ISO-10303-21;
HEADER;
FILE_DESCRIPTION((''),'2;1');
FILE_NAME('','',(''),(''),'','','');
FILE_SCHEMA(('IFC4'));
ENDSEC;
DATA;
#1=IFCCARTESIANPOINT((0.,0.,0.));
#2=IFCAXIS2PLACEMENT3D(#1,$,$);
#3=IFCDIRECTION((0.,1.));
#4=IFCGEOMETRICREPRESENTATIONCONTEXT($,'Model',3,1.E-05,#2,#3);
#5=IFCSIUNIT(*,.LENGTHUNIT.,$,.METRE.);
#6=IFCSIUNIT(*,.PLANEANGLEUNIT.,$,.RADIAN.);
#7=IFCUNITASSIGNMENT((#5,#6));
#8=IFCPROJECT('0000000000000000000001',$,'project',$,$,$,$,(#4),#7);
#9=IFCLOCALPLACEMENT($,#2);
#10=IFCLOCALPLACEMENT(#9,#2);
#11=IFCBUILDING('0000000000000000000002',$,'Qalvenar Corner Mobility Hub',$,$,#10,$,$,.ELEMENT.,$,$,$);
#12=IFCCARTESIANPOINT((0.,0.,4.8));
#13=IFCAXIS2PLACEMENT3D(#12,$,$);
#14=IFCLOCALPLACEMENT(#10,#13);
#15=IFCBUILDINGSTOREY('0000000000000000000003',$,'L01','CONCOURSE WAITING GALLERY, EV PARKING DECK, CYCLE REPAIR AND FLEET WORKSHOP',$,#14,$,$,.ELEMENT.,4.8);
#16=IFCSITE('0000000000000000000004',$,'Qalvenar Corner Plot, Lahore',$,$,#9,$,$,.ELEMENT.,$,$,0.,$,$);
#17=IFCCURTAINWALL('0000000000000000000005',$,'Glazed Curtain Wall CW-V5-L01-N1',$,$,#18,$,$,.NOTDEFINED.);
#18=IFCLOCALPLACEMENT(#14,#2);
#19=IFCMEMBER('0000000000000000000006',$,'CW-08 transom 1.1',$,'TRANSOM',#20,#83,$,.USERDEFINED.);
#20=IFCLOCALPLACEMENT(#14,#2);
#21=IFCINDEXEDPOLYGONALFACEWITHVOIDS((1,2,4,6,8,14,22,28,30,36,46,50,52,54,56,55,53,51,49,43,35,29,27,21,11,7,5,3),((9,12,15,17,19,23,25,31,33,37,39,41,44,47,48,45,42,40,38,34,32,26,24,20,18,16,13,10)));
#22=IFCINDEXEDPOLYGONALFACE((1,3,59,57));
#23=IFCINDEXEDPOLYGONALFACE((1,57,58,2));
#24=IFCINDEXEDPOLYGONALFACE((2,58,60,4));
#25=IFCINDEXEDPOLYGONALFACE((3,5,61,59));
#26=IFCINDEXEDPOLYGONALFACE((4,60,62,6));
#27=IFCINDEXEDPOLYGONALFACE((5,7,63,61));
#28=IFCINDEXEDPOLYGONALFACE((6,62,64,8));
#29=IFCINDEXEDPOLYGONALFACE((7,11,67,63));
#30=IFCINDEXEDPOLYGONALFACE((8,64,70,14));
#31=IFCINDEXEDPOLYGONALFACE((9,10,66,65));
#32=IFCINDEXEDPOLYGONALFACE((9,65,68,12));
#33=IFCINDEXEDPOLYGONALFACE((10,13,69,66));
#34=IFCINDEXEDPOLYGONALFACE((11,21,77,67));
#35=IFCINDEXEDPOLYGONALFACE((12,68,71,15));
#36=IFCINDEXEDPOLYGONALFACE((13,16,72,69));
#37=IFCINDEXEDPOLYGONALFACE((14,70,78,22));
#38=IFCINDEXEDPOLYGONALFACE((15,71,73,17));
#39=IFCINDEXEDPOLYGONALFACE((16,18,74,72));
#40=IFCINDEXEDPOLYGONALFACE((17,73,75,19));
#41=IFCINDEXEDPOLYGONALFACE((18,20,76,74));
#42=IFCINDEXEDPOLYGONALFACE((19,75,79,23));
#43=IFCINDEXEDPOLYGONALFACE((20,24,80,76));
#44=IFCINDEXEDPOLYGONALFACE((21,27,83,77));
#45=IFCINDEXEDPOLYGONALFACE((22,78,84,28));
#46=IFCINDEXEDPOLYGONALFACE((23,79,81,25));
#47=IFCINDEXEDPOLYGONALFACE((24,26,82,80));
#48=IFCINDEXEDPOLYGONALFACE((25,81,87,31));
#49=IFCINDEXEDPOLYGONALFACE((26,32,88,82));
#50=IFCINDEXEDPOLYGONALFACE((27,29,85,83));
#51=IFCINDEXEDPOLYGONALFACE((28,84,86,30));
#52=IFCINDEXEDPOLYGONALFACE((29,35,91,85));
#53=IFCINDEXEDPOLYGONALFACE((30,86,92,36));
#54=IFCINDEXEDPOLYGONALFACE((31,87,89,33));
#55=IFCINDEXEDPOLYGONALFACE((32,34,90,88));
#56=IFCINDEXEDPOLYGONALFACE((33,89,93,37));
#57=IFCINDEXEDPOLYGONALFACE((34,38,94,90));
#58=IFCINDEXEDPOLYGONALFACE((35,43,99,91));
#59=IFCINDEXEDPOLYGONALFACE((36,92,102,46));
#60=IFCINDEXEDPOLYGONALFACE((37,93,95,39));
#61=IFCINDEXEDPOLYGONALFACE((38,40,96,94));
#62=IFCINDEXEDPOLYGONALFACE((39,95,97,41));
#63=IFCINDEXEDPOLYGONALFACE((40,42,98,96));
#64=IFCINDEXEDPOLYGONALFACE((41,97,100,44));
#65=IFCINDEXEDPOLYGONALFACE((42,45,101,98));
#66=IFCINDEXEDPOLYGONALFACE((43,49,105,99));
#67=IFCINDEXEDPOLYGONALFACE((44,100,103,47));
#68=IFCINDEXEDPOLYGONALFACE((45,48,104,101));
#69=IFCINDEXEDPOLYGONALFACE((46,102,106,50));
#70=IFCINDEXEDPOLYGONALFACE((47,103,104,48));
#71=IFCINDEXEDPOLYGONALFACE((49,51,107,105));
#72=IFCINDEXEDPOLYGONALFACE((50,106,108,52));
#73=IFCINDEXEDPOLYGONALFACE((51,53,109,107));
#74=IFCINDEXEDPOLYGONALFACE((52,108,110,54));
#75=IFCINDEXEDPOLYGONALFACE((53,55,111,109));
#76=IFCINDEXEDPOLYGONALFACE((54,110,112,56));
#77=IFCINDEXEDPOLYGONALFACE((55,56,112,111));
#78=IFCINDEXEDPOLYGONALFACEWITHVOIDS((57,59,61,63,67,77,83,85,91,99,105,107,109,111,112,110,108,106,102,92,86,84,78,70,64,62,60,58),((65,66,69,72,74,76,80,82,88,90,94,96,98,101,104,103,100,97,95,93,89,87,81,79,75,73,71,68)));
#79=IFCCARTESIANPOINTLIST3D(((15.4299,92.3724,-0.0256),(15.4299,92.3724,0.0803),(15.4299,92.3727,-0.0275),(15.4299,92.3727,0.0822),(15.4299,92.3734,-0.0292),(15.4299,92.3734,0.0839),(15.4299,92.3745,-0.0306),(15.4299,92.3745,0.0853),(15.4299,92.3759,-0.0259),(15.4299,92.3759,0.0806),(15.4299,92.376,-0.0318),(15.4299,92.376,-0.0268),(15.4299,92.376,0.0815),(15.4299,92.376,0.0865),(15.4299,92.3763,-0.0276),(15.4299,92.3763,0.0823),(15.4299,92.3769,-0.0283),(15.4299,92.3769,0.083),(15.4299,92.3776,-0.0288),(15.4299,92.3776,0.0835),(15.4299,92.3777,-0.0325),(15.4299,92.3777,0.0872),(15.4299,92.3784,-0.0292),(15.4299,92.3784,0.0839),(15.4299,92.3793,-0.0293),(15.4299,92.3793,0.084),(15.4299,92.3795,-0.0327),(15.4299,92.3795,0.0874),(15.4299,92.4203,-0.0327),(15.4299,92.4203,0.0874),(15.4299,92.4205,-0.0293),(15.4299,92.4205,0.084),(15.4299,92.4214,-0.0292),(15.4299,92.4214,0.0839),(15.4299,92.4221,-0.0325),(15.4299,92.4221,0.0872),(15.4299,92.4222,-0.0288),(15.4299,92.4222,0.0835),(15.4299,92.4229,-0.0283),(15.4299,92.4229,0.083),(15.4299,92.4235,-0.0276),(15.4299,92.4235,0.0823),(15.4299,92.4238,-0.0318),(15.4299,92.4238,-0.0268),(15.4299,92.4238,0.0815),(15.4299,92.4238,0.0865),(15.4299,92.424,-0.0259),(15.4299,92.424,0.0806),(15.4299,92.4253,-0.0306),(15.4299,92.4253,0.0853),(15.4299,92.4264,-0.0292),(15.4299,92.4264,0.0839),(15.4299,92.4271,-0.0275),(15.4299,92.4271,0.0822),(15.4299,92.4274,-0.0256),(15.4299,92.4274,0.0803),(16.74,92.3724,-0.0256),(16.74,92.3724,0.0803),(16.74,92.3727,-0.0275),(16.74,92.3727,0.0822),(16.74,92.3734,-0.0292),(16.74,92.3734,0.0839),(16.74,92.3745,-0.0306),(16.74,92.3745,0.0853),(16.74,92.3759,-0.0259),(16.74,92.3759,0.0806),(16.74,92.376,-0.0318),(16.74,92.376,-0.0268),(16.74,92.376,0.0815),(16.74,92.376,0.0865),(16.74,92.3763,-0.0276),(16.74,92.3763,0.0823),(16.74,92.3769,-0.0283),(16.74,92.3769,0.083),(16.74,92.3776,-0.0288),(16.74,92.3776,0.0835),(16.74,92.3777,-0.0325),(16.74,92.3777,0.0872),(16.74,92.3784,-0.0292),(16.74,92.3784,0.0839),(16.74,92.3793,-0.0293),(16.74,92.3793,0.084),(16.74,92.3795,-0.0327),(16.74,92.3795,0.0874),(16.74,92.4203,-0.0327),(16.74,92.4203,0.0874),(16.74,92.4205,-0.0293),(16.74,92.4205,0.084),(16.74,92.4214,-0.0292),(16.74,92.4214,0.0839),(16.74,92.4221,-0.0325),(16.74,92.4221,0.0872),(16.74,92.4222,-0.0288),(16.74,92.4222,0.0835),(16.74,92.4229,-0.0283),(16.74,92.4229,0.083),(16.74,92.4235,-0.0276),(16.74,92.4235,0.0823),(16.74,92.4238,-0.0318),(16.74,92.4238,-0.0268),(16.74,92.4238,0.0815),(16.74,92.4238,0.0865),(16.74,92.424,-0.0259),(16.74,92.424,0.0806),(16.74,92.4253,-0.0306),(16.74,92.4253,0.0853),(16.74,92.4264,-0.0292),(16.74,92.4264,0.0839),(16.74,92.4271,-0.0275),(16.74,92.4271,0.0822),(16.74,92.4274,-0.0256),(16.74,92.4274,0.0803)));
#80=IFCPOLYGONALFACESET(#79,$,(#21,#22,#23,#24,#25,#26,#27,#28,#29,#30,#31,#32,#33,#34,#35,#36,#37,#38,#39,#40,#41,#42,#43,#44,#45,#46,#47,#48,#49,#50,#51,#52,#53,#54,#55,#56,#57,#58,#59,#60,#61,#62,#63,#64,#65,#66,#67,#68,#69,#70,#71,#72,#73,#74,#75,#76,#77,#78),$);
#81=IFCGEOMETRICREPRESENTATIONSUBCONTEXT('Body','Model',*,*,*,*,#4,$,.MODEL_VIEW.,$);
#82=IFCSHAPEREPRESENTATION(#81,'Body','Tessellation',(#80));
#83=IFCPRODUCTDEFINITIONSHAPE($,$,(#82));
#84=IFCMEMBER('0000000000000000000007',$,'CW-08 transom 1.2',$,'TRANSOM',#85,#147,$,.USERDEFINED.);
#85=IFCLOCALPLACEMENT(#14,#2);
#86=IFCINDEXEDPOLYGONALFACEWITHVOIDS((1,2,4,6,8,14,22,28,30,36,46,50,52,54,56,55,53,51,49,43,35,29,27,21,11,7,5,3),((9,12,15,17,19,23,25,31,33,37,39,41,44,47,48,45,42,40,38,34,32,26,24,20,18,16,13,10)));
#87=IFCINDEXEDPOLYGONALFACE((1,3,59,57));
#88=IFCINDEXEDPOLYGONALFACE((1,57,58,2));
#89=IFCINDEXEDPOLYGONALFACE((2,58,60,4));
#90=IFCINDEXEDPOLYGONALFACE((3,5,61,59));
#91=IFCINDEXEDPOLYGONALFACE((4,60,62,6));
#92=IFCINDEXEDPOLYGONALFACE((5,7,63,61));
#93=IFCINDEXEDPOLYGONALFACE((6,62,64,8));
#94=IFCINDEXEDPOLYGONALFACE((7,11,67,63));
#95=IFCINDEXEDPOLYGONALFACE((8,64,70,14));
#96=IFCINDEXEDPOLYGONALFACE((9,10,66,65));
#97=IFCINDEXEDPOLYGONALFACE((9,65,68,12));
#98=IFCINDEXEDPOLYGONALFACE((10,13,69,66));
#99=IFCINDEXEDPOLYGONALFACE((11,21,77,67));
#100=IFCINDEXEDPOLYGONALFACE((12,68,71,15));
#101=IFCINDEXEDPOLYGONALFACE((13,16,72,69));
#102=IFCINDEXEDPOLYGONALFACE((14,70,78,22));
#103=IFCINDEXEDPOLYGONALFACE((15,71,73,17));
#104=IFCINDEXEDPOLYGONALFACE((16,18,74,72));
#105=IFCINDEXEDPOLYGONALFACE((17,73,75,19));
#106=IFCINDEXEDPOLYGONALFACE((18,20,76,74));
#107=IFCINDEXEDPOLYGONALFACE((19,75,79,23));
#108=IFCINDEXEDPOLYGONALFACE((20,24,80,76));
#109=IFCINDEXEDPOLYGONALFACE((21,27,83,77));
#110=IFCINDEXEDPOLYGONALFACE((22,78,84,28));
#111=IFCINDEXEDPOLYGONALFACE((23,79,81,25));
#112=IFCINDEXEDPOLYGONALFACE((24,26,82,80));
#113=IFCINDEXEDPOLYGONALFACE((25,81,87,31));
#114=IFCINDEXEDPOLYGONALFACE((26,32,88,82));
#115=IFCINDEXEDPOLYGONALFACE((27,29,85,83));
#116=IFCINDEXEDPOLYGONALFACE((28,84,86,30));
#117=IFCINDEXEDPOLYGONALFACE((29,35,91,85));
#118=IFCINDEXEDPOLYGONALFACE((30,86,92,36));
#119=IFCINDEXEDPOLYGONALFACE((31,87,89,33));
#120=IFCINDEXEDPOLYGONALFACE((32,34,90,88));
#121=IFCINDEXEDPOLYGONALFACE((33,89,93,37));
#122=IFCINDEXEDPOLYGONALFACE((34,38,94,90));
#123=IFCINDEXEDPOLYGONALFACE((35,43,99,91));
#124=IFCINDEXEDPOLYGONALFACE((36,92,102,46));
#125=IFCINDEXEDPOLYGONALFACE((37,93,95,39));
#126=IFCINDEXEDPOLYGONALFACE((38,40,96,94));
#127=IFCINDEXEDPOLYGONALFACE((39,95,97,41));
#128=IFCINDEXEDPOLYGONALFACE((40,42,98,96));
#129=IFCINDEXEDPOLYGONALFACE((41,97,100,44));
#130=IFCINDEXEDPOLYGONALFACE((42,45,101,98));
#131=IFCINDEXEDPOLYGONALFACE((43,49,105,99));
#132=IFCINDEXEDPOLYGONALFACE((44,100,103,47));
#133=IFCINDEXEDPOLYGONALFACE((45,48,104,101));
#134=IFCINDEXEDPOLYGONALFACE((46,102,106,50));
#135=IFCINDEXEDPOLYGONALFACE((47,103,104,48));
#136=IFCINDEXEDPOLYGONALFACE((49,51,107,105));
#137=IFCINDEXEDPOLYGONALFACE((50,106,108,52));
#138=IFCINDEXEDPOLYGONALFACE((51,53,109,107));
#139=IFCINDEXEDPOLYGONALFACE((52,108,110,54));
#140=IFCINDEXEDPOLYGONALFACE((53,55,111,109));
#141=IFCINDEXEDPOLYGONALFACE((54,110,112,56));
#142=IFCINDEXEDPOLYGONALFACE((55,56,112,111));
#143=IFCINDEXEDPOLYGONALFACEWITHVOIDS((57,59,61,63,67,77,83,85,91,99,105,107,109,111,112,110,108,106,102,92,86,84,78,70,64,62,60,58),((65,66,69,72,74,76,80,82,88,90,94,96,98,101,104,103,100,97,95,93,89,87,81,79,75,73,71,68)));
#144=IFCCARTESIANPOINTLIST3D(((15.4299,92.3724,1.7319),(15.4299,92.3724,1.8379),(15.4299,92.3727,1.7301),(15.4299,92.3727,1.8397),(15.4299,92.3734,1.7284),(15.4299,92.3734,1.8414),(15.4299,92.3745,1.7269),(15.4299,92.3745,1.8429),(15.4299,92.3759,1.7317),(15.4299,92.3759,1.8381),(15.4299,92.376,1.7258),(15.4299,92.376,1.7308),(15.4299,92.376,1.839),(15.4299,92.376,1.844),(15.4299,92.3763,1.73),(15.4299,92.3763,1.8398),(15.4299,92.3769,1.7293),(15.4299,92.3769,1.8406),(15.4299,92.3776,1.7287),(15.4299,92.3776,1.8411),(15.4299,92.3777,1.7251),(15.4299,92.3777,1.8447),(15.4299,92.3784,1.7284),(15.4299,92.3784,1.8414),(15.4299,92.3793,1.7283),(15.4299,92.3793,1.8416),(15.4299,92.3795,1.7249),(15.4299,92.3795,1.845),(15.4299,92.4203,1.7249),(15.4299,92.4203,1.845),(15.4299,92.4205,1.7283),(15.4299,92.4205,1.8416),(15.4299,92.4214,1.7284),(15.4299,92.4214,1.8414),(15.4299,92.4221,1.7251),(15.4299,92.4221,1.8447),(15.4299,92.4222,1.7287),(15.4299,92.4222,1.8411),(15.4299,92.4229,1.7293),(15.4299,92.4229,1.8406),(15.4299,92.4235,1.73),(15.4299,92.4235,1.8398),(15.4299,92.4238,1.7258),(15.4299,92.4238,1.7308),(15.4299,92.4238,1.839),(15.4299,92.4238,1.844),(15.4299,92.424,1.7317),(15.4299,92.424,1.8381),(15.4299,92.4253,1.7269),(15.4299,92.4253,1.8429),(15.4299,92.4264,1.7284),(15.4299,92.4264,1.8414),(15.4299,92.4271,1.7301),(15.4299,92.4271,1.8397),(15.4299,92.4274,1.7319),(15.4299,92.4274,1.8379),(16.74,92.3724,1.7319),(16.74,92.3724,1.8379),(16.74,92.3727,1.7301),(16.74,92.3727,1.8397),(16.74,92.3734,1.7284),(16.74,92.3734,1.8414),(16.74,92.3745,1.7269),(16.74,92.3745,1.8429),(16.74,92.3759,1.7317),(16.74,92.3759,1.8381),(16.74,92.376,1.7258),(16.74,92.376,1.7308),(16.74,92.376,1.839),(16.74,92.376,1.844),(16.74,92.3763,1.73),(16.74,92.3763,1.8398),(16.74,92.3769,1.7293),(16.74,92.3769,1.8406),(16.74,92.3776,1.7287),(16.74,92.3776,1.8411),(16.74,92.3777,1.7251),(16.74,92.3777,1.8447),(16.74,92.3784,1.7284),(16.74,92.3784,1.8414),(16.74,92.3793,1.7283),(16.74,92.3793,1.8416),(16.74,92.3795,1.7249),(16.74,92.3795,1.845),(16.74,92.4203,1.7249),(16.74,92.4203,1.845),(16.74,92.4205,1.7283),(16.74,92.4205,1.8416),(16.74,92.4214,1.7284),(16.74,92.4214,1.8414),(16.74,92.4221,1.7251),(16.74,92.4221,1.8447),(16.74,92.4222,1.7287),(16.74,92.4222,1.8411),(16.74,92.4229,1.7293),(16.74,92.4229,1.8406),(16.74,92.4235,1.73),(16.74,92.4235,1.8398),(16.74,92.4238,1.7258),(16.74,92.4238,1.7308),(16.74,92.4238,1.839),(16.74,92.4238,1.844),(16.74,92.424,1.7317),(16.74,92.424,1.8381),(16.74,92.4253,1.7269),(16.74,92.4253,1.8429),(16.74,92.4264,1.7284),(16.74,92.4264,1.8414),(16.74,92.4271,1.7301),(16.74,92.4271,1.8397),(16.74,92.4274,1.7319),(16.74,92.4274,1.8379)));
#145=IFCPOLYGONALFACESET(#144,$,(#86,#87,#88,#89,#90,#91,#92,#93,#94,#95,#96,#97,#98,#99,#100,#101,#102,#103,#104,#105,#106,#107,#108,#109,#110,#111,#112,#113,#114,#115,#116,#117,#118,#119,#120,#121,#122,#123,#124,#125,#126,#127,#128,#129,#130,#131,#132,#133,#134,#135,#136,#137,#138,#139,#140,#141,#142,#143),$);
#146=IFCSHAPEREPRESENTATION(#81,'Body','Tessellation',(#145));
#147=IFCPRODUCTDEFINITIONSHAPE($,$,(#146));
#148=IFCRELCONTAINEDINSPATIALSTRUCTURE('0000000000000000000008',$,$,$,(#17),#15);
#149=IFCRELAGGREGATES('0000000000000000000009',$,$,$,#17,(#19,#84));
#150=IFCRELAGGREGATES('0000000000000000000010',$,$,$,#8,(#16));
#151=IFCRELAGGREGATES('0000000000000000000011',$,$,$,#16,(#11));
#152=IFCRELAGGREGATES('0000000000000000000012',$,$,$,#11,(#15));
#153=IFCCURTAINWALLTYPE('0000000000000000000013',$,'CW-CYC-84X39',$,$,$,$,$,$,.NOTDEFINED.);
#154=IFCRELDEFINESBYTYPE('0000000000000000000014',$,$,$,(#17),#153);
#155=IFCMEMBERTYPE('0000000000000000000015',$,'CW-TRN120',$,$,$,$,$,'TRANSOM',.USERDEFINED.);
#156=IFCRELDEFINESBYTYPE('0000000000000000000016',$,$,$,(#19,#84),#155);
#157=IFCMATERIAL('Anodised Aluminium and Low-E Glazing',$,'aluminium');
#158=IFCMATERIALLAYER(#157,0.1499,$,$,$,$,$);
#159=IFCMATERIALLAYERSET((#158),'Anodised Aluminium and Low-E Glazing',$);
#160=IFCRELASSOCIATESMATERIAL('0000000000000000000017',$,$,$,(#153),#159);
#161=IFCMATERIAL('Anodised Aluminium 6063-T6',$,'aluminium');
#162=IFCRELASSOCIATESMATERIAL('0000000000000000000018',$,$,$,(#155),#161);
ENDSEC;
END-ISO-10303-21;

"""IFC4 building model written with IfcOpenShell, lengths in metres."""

from ifc_helpers import new_model, si_unit, direction, frame, origin, origin_2d, place, context, subcontext, project, spatial, hollow_rectangle, extrude, material, layer, layer_set, material_profile, profile_set, type_object, element, aggregate, save


model = new_model("IFC4")

# Units and contexts
model_context = context("Model", 3, precision=1e-05, world=origin(), true_north=direction((0.0, 1.0)))
body_context = subcontext(model_context, "Body", "Model", "MODEL_VIEW")
ifc_project = project(units=[si_unit("LENGTHUNIT", "METRE"), si_unit("PLANEANGLEUNIT", "RADIAN")], contexts=[model_context])

# Site, building, storey
site_placement = place(None, origin())
site = spatial("IfcSite", under=ifc_project, at=site_placement, Name="Qalvenar Corner Plot, Lahore", CompositionType="ELEMENT", RefElevation=0.0)
building_placement = place(site_placement, origin())
building = spatial("IfcBuilding", under=site, at=building_placement, Name="Qalvenar Corner Mobility Hub", CompositionType="ELEMENT")
storey_placement = place(building_placement, frame((0.0, 0.0, 4.8)))
storey = spatial("IfcBuildingStorey", under=building, at=storey_placement, Name="L01", Description="CONCOURSE WAITING GALLERY, EV PARKING DECK, CYCLE REPAIR AND FLEET WORKSHOP", CompositionType="ELEMENT", Elevation=4.8)

# Curtain wall
ifc_material_1 = material(Name="Anodised Aluminium and Low-E Glazing", Category="aluminium")
ifc_layer_1 = layer(ifc_material_1, 0.1499)
ifc_layer_set_1 = layer_set([ifc_layer_1], Name="Anodised Aluminium and Low-E Glazing")
curtain_wall_type = type_object("IfcCurtainWallType", Name="CW-CYC-84X39", PredefinedType="NOTDEFINED", material=ifc_layer_set_1)
curtain_wall_1_placement = place(storey_placement, origin())
curtain_wall_1 = element("IfcCurtainWall", 1, at=curtain_wall_1_placement, inside=storey, type_object=curtain_wall_type, Name="Glazed Curtain Wall CW-V5-L01-N1", PredefinedType="NOTDEFINED")
ifc_material_2 = material(Name="Anodised Aluminium 6063-T6", Category="aluminium")

# Members
ifc_material_profile_1 = material_profile(ifc_material_2, hollow_rectangle(XDim=0.0549, YDim=0.1201, WallThickness=0.0034, InnerFilletRadius=0.0034, OuterFilletRadius=0.0071, at=origin_2d()), Name="RHS120x55x3.5")
ifc_profile_set_1 = profile_set([ifc_material_profile_1], Name="Anodised Aluminium 6063-T6")
member_type_1 = type_object("IfcMemberType", Name="CW-TRN120", ElementType="TRANSOM", PredefinedType="USERDEFINED", material=ifc_profile_set_1)
member_1_placement = place(storey_placement, frame((16.74, 92.3999, 0.0273), z_axis=(-1.0, 0.0, 0.0), x_axis=(0.0, -1.0, 0.0)))
member_1 = element("IfcMember", 2, at=member_1_placement, type_object=member_type_1, Name="CW-08 transom 1.1", ObjectType="TRANSOM", PredefinedType="USERDEFINED", context=body_context, shape_type="SweptSolid", body=[
    extrude(hollow_rectangle(XDim=0.0549, YDim=0.1201, WallThickness=0.0034, InnerFilletRadius=0.0034, OuterFilletRadius=0.0071, at=origin_2d()), origin(), (0.0, 0.0, 1.0), 1.3101),
])
member_2_placement = place(storey_placement, frame((16.74, 92.3999, 1.7849), z_axis=(-1.0, 0.0, 0.0), x_axis=(0.0, -1.0, 0.0)))
member_2 = element("IfcMember", 3, at=member_2_placement, type_object=member_type_1, Name="CW-08 transom 1.2", ObjectType="TRANSOM", PredefinedType="USERDEFINED", context=body_context, shape_type="SweptSolid", body=[
    extrude(hollow_rectangle(XDim=0.0549, YDim=0.1201, WallThickness=0.0034, InnerFilletRadius=0.0034, OuterFilletRadius=0.0071, at=origin_2d()), origin(), (0.0, 0.0, 1.0), 1.3101),
])

aggregate(curtain_wall_1, [member_1, member_2])

save(model, "model.ifc")
